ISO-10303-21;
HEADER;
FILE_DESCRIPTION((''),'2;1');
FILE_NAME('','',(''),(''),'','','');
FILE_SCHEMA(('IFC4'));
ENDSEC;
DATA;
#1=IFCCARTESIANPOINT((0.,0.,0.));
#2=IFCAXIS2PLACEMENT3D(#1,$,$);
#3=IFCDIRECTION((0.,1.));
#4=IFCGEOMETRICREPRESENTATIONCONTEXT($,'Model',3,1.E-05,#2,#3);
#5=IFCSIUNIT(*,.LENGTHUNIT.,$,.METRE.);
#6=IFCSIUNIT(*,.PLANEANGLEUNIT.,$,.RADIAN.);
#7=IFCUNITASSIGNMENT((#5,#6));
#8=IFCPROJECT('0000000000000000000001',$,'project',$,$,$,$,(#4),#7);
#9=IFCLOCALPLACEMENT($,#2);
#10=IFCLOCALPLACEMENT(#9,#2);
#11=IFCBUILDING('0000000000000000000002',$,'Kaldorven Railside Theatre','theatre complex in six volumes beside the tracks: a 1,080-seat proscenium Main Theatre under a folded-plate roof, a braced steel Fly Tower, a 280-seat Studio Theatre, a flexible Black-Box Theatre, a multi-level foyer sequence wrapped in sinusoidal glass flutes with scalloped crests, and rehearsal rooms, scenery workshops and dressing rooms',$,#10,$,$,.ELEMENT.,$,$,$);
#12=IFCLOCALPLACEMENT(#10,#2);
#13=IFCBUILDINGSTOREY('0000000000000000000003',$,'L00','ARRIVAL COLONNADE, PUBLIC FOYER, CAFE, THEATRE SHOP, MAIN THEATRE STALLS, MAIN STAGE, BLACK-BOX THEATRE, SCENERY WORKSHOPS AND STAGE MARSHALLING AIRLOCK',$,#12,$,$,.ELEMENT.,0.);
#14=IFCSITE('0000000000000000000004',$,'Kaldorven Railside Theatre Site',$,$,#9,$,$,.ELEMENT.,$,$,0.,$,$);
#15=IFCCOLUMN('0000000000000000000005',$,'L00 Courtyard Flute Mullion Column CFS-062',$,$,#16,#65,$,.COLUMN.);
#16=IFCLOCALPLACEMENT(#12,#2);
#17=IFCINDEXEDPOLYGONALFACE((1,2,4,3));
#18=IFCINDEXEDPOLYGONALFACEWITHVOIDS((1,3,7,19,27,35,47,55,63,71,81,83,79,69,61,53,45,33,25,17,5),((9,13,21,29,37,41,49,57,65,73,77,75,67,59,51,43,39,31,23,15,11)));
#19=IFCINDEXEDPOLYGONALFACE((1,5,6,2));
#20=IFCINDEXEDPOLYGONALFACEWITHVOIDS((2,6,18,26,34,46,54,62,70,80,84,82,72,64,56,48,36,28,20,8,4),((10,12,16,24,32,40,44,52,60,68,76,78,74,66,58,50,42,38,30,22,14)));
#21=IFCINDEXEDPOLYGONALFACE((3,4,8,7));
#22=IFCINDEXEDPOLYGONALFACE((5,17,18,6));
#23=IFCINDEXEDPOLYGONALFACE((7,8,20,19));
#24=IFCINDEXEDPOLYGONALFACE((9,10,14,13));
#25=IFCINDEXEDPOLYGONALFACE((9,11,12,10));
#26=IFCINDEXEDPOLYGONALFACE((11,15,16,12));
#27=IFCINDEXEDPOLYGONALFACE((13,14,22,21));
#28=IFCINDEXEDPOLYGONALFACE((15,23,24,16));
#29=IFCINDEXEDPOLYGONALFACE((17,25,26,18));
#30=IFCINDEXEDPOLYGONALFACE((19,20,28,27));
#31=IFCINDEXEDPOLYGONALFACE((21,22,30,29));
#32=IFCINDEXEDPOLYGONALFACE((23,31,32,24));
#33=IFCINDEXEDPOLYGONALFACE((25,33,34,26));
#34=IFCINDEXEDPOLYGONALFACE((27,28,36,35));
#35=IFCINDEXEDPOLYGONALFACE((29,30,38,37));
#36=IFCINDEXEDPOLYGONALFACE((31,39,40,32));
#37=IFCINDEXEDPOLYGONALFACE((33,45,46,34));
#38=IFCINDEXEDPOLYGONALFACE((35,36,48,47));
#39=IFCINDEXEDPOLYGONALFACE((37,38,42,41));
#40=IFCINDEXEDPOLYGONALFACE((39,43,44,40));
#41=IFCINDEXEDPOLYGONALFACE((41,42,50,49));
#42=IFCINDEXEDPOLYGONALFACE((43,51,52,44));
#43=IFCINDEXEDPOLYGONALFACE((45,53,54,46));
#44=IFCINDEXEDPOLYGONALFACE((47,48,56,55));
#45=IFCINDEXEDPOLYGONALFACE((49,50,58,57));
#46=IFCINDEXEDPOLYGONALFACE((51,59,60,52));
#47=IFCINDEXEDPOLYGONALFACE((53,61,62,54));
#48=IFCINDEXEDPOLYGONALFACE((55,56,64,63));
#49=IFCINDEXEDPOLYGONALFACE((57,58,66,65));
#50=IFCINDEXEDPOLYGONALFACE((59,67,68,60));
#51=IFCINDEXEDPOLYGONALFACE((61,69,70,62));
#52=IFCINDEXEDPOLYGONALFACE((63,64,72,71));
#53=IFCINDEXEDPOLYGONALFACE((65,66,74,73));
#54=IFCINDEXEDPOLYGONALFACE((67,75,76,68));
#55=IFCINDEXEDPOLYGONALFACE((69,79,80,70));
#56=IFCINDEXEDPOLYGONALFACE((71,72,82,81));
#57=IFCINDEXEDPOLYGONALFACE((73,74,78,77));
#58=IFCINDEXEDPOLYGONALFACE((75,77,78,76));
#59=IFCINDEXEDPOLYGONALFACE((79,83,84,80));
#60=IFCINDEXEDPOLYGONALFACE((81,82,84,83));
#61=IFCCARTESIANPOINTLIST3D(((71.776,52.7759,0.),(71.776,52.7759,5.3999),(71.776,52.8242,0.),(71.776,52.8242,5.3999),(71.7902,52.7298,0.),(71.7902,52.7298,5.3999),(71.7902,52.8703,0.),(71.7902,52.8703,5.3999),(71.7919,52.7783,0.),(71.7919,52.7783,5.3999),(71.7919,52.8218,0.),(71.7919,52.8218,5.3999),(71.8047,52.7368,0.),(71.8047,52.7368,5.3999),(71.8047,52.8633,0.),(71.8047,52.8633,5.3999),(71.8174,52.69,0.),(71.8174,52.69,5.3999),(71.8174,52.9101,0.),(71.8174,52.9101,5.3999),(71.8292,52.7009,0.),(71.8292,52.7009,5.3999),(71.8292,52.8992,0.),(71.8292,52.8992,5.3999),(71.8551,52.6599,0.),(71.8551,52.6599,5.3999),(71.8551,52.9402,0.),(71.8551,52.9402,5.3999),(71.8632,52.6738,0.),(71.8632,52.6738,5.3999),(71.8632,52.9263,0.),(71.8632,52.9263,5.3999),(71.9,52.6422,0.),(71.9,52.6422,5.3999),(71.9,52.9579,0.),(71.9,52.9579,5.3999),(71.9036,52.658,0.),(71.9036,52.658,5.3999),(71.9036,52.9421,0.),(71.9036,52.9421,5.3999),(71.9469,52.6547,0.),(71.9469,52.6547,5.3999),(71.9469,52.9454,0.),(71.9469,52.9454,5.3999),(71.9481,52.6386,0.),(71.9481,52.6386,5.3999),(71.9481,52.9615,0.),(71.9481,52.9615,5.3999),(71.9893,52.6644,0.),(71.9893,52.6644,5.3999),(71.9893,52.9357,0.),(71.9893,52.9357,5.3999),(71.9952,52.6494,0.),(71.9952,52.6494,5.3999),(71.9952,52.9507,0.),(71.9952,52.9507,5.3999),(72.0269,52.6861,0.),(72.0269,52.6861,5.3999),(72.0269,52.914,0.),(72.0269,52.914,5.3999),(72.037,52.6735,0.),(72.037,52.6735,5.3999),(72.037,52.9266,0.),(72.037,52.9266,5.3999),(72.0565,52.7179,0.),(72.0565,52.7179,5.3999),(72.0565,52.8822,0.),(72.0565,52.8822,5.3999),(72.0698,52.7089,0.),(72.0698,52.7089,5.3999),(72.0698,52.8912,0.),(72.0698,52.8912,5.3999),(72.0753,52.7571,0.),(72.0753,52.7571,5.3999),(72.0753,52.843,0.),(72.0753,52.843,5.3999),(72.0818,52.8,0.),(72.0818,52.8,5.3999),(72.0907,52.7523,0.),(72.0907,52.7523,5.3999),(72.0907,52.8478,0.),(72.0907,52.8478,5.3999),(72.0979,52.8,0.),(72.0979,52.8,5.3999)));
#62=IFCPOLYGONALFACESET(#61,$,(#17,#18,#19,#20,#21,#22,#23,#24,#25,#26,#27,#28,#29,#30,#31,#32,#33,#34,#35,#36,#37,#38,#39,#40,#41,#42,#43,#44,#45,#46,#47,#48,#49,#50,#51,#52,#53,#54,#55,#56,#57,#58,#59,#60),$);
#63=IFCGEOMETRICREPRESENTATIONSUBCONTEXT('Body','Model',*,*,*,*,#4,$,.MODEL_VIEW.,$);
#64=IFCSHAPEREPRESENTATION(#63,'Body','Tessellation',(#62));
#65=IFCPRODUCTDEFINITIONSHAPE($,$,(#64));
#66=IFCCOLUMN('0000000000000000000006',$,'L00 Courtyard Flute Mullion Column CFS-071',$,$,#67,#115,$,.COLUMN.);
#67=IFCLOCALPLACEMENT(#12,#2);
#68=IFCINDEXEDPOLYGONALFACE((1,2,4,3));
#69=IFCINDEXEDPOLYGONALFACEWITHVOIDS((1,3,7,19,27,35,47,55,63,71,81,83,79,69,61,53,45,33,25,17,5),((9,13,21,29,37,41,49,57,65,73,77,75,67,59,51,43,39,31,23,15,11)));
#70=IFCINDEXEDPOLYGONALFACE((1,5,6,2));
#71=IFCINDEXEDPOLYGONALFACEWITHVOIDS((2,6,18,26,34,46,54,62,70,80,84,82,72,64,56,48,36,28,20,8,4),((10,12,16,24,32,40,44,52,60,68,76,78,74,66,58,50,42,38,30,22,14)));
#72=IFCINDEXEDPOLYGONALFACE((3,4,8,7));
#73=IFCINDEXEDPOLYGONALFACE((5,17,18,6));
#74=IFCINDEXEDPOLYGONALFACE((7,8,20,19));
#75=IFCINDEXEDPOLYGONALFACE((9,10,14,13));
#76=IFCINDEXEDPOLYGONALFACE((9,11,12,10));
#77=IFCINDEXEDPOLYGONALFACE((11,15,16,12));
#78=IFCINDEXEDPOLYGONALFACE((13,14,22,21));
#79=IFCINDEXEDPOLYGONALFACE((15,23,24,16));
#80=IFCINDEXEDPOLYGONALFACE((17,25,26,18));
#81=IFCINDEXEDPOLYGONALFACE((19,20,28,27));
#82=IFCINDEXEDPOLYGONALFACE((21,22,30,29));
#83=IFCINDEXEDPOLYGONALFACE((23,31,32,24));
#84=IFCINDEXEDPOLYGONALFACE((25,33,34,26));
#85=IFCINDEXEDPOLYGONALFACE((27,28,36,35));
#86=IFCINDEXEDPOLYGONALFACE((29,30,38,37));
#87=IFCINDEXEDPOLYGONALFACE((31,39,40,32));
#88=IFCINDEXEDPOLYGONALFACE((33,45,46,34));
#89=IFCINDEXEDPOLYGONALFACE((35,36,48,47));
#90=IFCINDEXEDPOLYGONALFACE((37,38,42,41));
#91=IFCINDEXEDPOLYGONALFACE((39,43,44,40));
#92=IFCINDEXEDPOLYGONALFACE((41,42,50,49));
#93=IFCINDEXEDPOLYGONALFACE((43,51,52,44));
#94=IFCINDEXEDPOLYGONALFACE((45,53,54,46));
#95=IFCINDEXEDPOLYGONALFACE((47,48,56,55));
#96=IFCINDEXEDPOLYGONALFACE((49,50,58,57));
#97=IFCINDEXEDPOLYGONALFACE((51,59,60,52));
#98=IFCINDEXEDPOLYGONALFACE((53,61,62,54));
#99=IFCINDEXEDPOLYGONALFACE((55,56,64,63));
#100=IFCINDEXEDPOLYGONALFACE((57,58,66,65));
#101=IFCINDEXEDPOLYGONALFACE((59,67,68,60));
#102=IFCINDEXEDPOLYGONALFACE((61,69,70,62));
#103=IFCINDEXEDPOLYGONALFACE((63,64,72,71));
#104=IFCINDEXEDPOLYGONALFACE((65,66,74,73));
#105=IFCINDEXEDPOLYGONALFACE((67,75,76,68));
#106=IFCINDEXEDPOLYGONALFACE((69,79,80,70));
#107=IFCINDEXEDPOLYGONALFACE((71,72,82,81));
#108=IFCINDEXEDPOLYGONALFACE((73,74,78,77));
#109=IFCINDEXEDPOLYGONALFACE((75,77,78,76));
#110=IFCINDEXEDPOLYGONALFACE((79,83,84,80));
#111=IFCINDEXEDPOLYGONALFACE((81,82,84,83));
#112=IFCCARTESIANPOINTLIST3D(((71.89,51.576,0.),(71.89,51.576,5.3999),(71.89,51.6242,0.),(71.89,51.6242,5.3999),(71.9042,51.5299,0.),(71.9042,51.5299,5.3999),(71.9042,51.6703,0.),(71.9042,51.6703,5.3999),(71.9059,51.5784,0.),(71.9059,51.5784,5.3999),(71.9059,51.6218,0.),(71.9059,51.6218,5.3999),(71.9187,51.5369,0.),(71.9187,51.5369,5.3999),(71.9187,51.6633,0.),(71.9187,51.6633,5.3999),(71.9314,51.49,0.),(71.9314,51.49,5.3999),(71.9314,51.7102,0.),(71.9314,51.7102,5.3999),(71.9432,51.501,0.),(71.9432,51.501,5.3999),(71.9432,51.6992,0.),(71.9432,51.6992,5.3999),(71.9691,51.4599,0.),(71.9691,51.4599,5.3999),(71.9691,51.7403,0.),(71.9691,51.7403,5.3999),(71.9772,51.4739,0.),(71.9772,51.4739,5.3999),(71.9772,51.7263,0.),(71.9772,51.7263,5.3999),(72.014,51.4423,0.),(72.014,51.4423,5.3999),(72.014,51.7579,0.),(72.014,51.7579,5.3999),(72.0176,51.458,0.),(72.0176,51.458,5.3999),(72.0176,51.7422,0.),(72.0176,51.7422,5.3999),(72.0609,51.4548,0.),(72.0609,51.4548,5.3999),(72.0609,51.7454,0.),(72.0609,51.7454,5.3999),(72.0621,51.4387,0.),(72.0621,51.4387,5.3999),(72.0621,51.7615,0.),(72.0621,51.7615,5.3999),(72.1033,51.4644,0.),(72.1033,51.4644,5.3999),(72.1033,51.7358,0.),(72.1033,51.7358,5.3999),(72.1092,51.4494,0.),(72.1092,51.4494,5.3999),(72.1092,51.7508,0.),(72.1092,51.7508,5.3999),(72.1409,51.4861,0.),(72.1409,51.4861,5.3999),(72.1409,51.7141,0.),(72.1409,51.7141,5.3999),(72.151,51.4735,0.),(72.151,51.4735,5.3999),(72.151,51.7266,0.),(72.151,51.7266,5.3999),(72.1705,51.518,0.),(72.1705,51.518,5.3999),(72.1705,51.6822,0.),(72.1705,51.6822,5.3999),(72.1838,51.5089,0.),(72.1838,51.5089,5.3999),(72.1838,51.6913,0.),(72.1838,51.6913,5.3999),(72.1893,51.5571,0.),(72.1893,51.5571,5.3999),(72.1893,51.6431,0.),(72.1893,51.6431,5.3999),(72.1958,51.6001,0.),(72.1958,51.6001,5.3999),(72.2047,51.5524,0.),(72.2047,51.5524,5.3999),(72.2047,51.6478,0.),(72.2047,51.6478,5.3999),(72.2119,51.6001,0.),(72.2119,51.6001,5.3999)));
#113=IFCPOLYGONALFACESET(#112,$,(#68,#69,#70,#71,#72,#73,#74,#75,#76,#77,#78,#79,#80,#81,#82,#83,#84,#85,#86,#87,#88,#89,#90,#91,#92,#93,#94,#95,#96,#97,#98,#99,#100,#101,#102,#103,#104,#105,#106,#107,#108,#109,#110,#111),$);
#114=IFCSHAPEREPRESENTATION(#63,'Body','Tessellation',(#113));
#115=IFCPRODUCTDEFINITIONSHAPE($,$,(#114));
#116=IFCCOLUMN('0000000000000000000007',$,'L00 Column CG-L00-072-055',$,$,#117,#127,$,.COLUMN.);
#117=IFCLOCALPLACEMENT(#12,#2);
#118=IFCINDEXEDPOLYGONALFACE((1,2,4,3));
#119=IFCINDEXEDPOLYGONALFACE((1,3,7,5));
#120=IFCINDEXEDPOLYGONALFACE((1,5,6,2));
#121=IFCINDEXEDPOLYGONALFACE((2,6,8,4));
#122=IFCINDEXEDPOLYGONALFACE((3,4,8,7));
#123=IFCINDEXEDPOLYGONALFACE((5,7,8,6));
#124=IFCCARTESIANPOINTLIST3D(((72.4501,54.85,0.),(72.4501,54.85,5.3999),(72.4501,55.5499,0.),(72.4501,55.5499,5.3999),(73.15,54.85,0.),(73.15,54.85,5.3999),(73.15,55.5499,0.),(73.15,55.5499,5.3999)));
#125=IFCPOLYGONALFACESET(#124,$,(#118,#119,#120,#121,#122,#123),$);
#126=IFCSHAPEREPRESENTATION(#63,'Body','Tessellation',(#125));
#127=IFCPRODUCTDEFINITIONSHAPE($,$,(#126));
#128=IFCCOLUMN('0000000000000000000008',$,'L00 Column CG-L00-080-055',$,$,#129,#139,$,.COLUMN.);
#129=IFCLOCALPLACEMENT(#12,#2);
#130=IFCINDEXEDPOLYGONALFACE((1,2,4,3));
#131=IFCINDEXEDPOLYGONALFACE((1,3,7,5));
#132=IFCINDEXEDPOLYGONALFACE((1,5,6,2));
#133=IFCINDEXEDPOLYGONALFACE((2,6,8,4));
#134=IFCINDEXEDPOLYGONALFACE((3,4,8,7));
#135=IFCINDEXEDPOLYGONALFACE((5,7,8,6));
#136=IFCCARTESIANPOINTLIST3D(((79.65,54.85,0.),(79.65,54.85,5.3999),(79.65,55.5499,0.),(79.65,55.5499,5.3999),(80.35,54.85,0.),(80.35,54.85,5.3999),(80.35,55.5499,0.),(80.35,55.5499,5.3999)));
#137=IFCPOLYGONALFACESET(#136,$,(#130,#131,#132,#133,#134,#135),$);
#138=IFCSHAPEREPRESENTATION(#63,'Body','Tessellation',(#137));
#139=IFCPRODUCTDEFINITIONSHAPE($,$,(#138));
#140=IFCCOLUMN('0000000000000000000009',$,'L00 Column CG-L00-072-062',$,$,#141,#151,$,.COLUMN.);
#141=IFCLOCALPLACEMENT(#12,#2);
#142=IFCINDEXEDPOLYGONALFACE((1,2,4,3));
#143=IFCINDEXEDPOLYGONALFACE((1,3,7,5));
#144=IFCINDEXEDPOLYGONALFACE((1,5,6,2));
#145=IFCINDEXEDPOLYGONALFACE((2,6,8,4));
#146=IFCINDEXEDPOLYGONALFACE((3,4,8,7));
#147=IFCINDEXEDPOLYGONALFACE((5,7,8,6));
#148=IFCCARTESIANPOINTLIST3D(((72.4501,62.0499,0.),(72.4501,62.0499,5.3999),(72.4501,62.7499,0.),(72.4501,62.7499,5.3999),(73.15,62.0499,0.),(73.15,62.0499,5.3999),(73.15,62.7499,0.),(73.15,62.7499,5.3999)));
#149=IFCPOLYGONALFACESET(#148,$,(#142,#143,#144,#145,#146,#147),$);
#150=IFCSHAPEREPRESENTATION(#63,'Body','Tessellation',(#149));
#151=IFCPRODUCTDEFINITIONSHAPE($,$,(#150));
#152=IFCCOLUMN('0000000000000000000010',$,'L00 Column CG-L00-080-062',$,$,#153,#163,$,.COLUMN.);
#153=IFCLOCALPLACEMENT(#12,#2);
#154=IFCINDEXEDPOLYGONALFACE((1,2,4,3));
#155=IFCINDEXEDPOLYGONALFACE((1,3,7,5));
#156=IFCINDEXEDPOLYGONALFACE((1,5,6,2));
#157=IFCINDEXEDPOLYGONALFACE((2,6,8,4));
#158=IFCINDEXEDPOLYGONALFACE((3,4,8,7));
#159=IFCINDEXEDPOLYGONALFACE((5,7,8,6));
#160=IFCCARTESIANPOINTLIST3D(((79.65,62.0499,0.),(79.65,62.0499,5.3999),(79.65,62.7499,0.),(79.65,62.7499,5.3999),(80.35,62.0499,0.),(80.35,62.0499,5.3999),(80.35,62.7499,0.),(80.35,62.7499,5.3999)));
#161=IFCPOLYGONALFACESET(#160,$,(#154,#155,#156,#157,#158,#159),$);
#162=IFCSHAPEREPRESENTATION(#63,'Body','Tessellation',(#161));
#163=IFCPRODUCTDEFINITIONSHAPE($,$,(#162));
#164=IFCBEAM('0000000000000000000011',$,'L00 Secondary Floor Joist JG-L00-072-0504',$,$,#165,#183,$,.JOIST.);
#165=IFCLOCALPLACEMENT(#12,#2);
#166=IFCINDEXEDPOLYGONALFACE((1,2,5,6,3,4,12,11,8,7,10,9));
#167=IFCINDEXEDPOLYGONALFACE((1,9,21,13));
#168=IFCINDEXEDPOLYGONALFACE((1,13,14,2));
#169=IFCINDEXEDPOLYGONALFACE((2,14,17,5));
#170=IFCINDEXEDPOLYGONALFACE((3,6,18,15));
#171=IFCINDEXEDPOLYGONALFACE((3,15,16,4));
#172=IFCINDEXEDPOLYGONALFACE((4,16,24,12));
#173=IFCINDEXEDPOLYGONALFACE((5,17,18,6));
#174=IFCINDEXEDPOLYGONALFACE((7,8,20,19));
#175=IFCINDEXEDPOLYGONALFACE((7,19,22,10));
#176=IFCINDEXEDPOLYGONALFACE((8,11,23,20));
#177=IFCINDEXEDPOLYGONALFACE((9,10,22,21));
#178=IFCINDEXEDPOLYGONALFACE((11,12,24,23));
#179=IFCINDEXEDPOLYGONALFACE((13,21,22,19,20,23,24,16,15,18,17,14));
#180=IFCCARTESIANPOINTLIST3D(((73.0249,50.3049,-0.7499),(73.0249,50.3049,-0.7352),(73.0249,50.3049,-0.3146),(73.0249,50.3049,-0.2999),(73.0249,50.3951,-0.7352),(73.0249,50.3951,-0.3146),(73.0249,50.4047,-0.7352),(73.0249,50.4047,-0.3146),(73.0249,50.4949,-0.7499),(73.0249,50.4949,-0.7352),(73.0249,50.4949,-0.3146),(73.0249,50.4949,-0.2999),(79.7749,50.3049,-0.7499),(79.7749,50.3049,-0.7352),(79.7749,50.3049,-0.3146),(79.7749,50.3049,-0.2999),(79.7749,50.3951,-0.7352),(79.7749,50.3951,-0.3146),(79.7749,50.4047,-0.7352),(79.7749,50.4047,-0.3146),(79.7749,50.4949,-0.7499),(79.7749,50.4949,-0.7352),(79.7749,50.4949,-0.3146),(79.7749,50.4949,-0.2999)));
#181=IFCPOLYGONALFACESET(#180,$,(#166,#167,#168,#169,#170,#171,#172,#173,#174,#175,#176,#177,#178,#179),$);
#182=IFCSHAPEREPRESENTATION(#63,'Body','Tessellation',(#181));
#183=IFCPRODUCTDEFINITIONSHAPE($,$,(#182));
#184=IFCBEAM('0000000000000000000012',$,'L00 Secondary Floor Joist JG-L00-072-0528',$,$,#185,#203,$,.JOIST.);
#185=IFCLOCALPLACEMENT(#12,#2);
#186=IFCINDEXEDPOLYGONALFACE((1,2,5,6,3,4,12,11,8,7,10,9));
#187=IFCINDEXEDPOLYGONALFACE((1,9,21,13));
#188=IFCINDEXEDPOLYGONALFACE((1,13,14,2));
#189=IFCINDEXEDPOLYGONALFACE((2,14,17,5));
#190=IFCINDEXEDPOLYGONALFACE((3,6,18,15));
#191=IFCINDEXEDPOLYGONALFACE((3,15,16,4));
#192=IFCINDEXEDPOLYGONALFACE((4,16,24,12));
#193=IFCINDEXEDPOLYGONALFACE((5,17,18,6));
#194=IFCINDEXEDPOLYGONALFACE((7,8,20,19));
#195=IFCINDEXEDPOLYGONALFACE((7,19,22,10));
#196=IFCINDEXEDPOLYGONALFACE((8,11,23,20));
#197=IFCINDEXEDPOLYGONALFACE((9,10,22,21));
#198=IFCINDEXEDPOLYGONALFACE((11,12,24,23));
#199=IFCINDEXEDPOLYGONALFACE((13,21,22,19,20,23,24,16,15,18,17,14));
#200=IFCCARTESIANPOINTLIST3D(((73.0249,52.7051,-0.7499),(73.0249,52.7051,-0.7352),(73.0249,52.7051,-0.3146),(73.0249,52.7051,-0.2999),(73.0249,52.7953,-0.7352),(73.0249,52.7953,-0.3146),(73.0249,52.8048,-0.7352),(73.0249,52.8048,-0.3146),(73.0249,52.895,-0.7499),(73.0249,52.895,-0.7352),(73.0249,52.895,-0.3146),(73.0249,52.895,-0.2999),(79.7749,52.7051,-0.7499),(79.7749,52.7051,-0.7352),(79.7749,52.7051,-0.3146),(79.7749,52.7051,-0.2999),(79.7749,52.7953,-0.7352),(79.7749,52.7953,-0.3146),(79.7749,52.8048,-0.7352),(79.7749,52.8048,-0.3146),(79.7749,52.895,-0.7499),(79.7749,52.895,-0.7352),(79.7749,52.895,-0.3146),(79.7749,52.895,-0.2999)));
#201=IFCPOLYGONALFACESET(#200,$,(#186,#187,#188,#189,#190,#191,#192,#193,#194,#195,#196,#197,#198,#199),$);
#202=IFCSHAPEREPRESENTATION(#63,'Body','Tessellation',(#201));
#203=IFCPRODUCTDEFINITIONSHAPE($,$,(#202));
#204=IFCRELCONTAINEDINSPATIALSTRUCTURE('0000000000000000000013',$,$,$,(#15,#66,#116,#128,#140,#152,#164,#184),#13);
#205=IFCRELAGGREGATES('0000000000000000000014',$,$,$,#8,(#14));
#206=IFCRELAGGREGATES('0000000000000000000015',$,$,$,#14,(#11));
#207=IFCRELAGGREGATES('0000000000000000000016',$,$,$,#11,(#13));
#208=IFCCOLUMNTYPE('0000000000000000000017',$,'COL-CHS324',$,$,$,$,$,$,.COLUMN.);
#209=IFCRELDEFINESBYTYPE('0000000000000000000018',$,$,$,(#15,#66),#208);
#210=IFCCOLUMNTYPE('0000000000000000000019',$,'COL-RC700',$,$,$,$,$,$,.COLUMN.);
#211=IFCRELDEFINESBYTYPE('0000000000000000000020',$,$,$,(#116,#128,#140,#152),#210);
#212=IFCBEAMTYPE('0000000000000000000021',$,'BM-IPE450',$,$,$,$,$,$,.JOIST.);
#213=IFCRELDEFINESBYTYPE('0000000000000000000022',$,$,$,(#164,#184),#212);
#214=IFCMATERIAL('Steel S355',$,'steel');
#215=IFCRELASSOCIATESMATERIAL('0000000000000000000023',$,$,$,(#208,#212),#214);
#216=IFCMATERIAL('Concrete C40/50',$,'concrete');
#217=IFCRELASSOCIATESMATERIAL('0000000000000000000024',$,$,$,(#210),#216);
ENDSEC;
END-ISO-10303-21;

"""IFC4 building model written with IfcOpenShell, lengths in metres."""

from ifc_helpers import new_model, si_unit, direction, frame, origin, origin_2d, place, context, subcontext, project, spatial, rectangle, hollow_circle, i_section, extrude, material, material_profile, profile_set, type_object, element, save


model = new_model("IFC4")

# Units and contexts
model_context = context("Model", 3, precision=1e-05, world=origin(), true_north=direction((0.0, 1.0)))
body_context = subcontext(model_context, "Body", "Model", "MODEL_VIEW")
ifc_project = project(units=[si_unit("LENGTHUNIT", "METRE"), si_unit("PLANEANGLEUNIT", "RADIAN")], contexts=[model_context])

# Site, building, storey
site_placement = place(None, origin())
site = spatial("IfcSite", under=ifc_project, at=site_placement, Name="Kaldorven Railside Theatre Site", CompositionType="ELEMENT", RefElevation=0.0)
building_placement = place(site_placement, origin())
building = spatial("IfcBuilding", under=site, at=building_placement, Name="Kaldorven Railside Theatre", Description="theatre complex in six volumes beside the tracks: a 1,080-seat proscenium Main Theatre under a folded-plate roof, a braced steel Fly Tower, a 280-seat Studio Theatre, a flexible Black-Box Theatre, a multi-level foyer sequence wrapped in sinusoidal glass flutes with scalloped crests, and rehearsal rooms, scenery workshops and dressing rooms", CompositionType="ELEMENT")
storey_placement = place(building_placement, origin())
storey = spatial("IfcBuildingStorey", under=building, at=storey_placement, Name="L00", Description="ARRIVAL COLONNADE, PUBLIC FOYER, CAFE, THEATRE SHOP, MAIN THEATRE STALLS, MAIN STAGE, BLACK-BOX THEATRE, SCENERY WORKSHOPS AND STAGE MARSHALLING AIRLOCK", CompositionType="ELEMENT", Elevation=0.0)

# Columns
ifc_material_1 = material(Name="Steel S355", Category="steel")
ifc_material_profile_1 = material_profile(ifc_material_1, hollow_circle(Radius=0.1619, WallThickness=0.0161, at=origin_2d()), Name="CHS 323.9x16")
ifc_profile_set_1 = profile_set([ifc_material_profile_1], Name="Steel S355")
column_type_1 = type_object("IfcColumnType", Name="COL-CHS324", PredefinedType="COLUMN", material=ifc_profile_set_1)
for number, where, z_axis, x_axis, name in (
    (1, (71.936, 52.8, 0.0), (0.0, 0.0, 1.0), (1.0, 0.0, 0.0), "L00 Courtyard Flute Mullion Column CFS-062"),
    (2, (72.05, 51.6001, 0.0), (0.0, 0.0, 1.0), (1.0, 0.0, 0.0), "L00 Courtyard Flute Mullion Column CFS-071"),
):
    element("IfcColumn", number, at=place(storey_placement, frame(where, z_axis=z_axis, x_axis=x_axis)), inside=storey, type_object=column_type_1, Name=name, PredefinedType="COLUMN", context=body_context, shape_type="SweptSolid", body=[
        extrude(hollow_circle(Radius=0.1619, WallThickness=0.0161, at=origin_2d()), origin(), (0.0, 0.0, 1.0), 5.3999),
    ])
ifc_material_2 = material(Name="Concrete C40/50", Category="concrete")
ifc_material_profile_2 = material_profile(ifc_material_2, rectangle(XDim=0.7, YDim=0.7, at=origin_2d()), Name="RC 700x700")
ifc_profile_set_2 = profile_set([ifc_material_profile_2], Name="Concrete C40/50")
column_type_2 = type_object("IfcColumnType", Name="COL-RC700", PredefinedType="COLUMN", material=ifc_profile_set_2)
for number, where, z_axis, x_axis, name in (
    (3, (72.8, 55.2, 0.0), (0.0, 0.0, 1.0), (1.0, 0.0, 0.0), "L00 Column CG-L00-072-055"),
    (4, (80.0, 55.2, 0.0), (0.0, 0.0, 1.0), (0.0, 1.0, 0.0), "L00 Column CG-L00-080-055"),
    (5, (72.8, 62.3999, 0.0), (0.0, 0.0, 1.0), (0.0, 1.0, 0.0), "L00 Column CG-L00-072-062"),
    (6, (80.0, 62.3999, 0.0), (0.0, 0.0, 1.0), (1.0, 0.0, 0.0), "L00 Column CG-L00-080-062"),
):
    element("IfcColumn", number, at=place(storey_placement, frame(where, z_axis=z_axis, x_axis=x_axis)), inside=storey, type_object=column_type_2, Name=name, PredefinedType="COLUMN", context=body_context, shape_type="SweptSolid", body=[
        extrude(rectangle(XDim=0.7, YDim=0.7, at=origin_2d()), origin(), (0.0, 0.0, 1.0), 5.3999),
    ])

# Beams
ifc_material_profile_3 = material_profile(ifc_material_1, i_section(OverallWidth=0.1899, OverallDepth=0.45, WebThickness=0.0095, FlangeThickness=0.0146, at=origin_2d()), Name="IPE 450")
ifc_profile_set_3 = profile_set([ifc_material_profile_3], Name="Steel S355")
beam_type_1 = type_object("IfcBeamType", Name="BM-IPE450", PredefinedType="JOIST", material=ifc_profile_set_3)
for number, where, z_axis, x_axis, name in (
    (7, (73.0249, 50.3999, -0.5249), (1.0, 0.0, 0.0), (0.0, 1.0, 0.0), "L00 Secondary Floor Joist JG-L00-072-0504"),
    (8, (73.0249, 52.8, -0.5249), (1.0, 0.0, 0.0), (0.0, 1.0, 0.0), "L00 Secondary Floor Joist JG-L00-072-0528"),
):
    element("IfcBeam", number, at=place(storey_placement, frame(where, z_axis=z_axis, x_axis=x_axis)), inside=storey, type_object=beam_type_1, Name=name, PredefinedType="JOIST", context=body_context, shape_type="SweptSolid", body=[
        extrude(i_section(OverallWidth=0.1899, OverallDepth=0.45, WebThickness=0.0095, FlangeThickness=0.0146, at=origin_2d()), origin(), (0.0, 0.0, 1.0), 6.75),
    ])

save(model, "model.ifc")
